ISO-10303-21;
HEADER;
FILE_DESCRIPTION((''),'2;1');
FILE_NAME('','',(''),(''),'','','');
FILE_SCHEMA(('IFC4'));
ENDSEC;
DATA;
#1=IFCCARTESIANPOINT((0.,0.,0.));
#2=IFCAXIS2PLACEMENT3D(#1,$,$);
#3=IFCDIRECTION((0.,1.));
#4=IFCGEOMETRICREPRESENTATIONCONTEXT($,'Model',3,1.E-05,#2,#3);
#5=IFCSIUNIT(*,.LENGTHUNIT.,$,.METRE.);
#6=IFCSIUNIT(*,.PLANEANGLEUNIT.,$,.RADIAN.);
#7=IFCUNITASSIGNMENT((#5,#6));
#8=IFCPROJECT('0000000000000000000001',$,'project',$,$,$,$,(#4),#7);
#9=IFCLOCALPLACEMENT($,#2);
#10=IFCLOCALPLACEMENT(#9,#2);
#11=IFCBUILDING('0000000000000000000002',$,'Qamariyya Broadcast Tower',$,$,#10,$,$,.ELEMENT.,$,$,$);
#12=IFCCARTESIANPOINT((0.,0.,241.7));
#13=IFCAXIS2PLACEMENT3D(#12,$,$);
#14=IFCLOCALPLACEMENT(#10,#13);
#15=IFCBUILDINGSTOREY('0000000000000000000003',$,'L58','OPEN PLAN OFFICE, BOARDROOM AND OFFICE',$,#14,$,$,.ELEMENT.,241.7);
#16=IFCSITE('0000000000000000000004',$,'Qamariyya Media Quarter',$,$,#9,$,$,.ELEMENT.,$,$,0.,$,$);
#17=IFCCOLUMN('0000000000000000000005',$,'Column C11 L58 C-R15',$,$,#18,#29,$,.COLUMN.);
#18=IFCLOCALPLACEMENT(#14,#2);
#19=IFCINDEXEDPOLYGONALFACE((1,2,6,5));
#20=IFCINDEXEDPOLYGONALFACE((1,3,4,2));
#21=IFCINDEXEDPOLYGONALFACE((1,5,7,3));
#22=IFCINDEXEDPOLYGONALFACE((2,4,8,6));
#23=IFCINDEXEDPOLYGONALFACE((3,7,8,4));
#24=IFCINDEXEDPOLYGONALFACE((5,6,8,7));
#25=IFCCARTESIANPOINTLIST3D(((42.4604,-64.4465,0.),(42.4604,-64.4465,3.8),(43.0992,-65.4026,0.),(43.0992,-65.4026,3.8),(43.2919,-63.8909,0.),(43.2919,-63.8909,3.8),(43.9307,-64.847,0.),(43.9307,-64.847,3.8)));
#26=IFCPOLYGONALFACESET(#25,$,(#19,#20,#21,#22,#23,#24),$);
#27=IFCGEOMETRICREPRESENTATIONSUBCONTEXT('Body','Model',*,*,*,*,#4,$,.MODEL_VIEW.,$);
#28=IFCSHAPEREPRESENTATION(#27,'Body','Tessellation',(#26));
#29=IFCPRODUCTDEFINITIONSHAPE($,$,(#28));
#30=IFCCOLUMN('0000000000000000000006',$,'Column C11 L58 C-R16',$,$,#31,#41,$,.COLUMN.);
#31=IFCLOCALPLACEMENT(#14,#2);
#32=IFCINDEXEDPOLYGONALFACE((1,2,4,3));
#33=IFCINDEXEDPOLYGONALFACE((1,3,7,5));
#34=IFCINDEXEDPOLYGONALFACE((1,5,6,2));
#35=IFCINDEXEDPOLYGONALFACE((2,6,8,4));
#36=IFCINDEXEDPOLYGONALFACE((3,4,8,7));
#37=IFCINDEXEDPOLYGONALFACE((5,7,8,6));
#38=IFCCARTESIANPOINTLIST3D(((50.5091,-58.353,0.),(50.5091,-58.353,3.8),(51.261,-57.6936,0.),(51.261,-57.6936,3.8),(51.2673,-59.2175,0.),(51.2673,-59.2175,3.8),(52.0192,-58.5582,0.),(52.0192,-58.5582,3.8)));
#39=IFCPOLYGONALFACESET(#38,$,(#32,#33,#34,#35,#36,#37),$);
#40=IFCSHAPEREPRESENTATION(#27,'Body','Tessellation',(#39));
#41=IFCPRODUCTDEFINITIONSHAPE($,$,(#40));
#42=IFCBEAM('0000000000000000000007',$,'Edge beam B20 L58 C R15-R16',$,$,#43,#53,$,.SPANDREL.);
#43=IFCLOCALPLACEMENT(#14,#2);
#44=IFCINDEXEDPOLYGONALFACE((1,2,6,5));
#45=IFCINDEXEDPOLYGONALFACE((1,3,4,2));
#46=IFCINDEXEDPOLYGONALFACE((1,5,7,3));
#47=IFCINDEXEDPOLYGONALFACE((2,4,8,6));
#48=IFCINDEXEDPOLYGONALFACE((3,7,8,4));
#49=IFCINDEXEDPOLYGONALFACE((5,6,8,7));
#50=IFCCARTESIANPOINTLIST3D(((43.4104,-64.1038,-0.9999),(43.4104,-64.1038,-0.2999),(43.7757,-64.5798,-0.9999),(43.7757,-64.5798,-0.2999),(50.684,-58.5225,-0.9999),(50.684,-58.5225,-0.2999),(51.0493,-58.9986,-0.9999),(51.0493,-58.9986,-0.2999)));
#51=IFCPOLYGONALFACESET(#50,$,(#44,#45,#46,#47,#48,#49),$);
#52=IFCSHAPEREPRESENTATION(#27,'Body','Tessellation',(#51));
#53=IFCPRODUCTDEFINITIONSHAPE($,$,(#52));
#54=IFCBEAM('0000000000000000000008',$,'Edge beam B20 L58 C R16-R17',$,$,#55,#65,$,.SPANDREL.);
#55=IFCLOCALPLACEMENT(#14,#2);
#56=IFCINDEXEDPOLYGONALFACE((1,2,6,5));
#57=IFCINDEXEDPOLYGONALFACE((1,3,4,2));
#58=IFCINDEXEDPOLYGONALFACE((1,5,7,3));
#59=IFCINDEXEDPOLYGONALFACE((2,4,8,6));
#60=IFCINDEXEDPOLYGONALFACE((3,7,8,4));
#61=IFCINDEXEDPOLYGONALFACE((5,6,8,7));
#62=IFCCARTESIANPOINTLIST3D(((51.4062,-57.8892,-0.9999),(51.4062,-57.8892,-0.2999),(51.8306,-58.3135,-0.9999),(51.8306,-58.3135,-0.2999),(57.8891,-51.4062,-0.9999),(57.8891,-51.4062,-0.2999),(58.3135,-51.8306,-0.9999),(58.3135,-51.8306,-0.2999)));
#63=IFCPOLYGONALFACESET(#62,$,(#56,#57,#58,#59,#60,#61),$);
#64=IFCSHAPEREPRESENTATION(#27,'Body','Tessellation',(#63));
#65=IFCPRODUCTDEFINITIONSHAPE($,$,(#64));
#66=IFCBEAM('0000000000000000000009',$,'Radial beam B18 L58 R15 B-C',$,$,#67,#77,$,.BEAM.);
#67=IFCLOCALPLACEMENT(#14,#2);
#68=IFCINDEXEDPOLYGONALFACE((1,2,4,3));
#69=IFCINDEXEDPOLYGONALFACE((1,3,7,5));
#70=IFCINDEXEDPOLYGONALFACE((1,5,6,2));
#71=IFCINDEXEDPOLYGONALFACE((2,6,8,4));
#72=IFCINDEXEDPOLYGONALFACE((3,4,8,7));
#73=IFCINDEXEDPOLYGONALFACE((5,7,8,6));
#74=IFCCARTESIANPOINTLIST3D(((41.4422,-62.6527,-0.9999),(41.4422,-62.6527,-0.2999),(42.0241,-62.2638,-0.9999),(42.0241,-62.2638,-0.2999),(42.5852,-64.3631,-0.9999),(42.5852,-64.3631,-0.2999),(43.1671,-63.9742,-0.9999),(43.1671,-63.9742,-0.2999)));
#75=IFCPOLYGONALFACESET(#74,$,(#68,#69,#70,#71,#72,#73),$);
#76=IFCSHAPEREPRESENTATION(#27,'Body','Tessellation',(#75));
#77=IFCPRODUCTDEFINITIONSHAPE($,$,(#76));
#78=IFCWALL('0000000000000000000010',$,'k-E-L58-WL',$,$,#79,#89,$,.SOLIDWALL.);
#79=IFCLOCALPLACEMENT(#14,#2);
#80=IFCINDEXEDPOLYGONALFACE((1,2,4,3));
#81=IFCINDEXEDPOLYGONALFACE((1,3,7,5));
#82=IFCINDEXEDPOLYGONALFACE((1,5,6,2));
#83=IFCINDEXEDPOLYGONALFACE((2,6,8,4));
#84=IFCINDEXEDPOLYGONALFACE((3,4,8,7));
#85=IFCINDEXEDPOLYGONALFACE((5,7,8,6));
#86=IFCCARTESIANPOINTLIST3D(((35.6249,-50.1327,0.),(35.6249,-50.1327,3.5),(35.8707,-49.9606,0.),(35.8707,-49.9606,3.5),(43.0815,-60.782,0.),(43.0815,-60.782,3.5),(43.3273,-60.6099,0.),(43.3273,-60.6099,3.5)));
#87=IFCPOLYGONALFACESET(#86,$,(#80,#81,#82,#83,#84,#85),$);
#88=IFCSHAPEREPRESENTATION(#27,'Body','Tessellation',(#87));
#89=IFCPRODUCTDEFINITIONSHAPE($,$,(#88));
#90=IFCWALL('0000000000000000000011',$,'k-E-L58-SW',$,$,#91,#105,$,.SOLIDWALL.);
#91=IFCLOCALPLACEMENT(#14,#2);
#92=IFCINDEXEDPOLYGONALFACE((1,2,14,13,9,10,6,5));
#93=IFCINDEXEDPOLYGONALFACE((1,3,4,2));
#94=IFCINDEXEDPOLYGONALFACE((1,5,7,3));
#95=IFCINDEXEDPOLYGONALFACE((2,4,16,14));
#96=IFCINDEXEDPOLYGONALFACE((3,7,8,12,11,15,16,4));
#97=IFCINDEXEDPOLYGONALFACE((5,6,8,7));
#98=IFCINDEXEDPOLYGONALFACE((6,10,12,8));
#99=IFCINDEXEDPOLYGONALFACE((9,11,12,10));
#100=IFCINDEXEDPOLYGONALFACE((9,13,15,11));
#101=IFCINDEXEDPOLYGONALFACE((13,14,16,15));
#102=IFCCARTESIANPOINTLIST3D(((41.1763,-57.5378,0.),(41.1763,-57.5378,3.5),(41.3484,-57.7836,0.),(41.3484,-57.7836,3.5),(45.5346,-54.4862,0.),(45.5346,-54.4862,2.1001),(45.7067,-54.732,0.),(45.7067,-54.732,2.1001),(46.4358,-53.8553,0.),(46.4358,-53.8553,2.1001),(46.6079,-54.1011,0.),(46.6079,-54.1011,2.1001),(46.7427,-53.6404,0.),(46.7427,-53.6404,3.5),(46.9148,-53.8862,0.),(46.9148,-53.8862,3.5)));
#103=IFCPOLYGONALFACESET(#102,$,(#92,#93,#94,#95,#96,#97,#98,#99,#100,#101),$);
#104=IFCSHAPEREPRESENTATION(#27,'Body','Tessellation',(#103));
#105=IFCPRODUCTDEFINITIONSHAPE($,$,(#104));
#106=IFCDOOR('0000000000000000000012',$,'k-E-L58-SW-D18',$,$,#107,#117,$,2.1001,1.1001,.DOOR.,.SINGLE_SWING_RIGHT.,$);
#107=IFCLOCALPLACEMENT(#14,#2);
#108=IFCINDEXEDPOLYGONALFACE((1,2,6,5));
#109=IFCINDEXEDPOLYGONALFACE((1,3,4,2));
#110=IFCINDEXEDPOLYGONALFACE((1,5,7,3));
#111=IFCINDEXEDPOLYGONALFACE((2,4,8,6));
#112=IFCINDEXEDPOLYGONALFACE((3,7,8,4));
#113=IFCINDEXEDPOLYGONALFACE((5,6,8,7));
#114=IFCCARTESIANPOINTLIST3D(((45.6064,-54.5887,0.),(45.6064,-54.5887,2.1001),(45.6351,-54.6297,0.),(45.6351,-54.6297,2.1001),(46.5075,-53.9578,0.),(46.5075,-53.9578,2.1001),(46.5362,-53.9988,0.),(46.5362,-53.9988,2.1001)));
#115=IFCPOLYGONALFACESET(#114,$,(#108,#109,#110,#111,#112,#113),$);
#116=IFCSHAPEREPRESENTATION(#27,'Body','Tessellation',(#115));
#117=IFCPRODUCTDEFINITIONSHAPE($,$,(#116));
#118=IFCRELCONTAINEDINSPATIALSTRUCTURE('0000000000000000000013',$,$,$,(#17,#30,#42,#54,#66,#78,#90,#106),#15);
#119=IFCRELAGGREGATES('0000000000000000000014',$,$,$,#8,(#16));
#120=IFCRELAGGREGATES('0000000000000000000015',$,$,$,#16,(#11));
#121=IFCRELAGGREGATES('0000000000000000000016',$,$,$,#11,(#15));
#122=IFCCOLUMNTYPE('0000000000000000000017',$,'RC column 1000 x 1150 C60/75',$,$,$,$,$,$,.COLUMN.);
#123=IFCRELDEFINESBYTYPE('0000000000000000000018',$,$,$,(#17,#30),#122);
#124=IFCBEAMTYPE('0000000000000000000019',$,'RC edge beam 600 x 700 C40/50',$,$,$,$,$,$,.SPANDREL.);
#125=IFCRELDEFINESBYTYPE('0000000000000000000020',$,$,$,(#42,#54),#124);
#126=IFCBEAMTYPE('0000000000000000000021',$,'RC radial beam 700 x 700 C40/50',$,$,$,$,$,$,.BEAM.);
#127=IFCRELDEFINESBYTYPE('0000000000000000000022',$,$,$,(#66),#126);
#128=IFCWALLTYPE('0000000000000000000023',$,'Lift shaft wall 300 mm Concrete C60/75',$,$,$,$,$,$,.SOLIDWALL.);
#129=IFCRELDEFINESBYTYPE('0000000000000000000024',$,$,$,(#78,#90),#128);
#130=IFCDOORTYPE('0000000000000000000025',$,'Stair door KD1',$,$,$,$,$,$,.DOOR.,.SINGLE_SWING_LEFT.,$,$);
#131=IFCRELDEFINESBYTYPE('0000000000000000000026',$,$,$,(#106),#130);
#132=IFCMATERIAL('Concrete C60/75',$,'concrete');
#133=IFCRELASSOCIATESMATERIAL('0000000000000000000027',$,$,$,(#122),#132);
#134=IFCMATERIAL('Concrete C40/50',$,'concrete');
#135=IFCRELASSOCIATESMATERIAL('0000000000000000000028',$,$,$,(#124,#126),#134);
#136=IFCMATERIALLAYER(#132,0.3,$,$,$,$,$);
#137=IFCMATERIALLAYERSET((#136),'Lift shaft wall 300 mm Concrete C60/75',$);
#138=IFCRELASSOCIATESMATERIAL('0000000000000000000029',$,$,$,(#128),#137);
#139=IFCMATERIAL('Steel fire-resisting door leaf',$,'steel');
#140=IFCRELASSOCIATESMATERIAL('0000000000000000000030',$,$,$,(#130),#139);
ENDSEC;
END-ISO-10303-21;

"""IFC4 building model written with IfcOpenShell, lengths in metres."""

from ifc_helpers import new_model, si_unit, direction, frame, frame_2d, origin, origin_2d, place, context, subcontext, project, spatial, rectangle, extrude, material, layer, layer_set, material_profile, profile_set, type_object, element, fill, save


model = new_model("IFC4")

# Units and contexts
model_context = context("Model", 3, precision=1e-05, world=origin(), true_north=direction((0.0, 1.0)))
body_context = subcontext(model_context, "Body", "Model", "MODEL_VIEW")
ifc_project = project(units=[si_unit("LENGTHUNIT", "METRE"), si_unit("PLANEANGLEUNIT", "RADIAN")], contexts=[model_context])

# Site, building, storey
site_placement = place(None, origin())
site = spatial("IfcSite", under=ifc_project, at=site_placement, Name="Qamariyya Media Quarter", CompositionType="ELEMENT", RefElevation=0.0)
building_placement = place(site_placement, origin())
building = spatial("IfcBuilding", under=site, at=building_placement, Name="Qamariyya Broadcast Tower", CompositionType="ELEMENT")
storey_placement = place(building_placement, frame((0.0, 0.0, 241.7)))
storey = spatial("IfcBuildingStorey", under=building, at=storey_placement, Name="L58", Description="OPEN PLAN OFFICE, BOARDROOM AND OFFICE", CompositionType="ELEMENT", Elevation=241.7)

# Columns
ifc_material_1 = material(Name="Concrete C60/75", Category="concrete")
ifc_material_profile_1 = material_profile(ifc_material_1, rectangle(XDim=1.0, YDim=1.1499, at=origin_2d()))
ifc_profile_set_1 = profile_set([ifc_material_profile_1], Name="Concrete C60/75")
column_type = type_object("IfcColumnType", Name="RC column 1000 x 1150 C60/75", PredefinedType="COLUMN", material=ifc_profile_set_1)
for number, where, z_axis, x_axis, name in (
    (1, (43.1956, -64.6467, 0.0), (0.0, 0.0, 1.0), (0.83147, 0.55557, 0.0), "Column C11 L58 C-R15"),
    (2, (51.2642, -58.4556, 0.0), (0.0, 0.0, 1.0), (0.75184, 0.659346, 0.0), "Column C11 L58 C-R16"),
):
    element("IfcColumn", number, at=place(storey_placement, frame(where, z_axis=z_axis, x_axis=x_axis)), inside=storey, type_object=column_type, Name=name, PredefinedType="COLUMN", context=body_context, shape_type="SweptSolid", body=[
        extrude(rectangle(XDim=1.0, YDim=1.1499, at=origin_2d()), origin(), (0.0, 0.0, 1.0), 3.8),
    ])

# Beams
ifc_material_2 = material(Name="Concrete C40/50", Category="concrete")
ifc_material_profile_2 = material_profile(ifc_material_2, rectangle(XDim=0.6001, YDim=0.7, at=origin_2d()))
ifc_profile_set_2 = profile_set([ifc_material_profile_2], Name="Concrete C40/50")
beam_type_1 = type_object("IfcBeamType", Name="RC edge beam 600 x 700 C40/50", PredefinedType="SPANDREL", material=ifc_profile_set_2)
for number, where, z_axis, x_axis, name in (
    (3, (43.593, -64.3418, -0.6499), (0.793353, 0.608762, 0.0), (-0.608762, 0.793353, 0.0), "Edge beam B20 L58 C R15-R16"),
    (4, (51.6184, -58.1013, -0.6499), (0.707107, 0.707107, 0.0), (-0.707107, 0.707107, 0.0), "Edge beam B20 L58 C R16-R17"),
):
    element("IfcBeam", number, at=place(storey_placement, frame(where, z_axis=z_axis, x_axis=x_axis)), inside=storey, type_object=beam_type_1, Name=name, PredefinedType="SPANDREL", context=body_context, shape_type="SweptSolid", body=[
        extrude(rectangle(XDim=0.6001, YDim=0.7, at=origin_2d()), origin(), (0.0, 0.0, 1.0), 9.1682),
    ])
ifc_material_profile_3 = material_profile(ifc_material_2, rectangle(XDim=0.7, YDim=0.7, at=origin_2d()))
ifc_profile_set_3 = profile_set([ifc_material_profile_3], Name="Concrete C40/50")
beam_type_2 = type_object("IfcBeamType", Name="RC radial beam 700 x 700 C40/50", PredefinedType="BEAM", material=ifc_profile_set_3)
beam_placement = place(storey_placement, frame((41.7332, -62.4583, -0.6499), z_axis=(0.555631, -0.831429, 0.0), x_axis=(0.831429, 0.555631, 0.0)))
element("IfcBeam", 5, at=beam_placement, inside=storey, type_object=beam_type_2, Name="Radial beam B18 L58 R15 B-C", PredefinedType="BEAM", context=body_context, shape_type="SweptSolid", body=[
    extrude(rectangle(XDim=0.7, YDim=0.7, at=origin_2d()), origin(), (0.0, 0.0, 1.0), 2.0571),
])

# Wall
ifc_layer = layer(ifc_material_1, 0.3)
ifc_layer_set = layer_set([ifc_layer], Name="Lift shaft wall 300 mm Concrete C60/75")
wall_type = type_object("IfcWallType", Name="Lift shaft wall 300 mm Concrete C60/75", PredefinedType="SOLIDWALL", material=ifc_layer_set)
wall_1_placement = place(storey_placement, frame((43.2043, -60.6958, 0.0), z_axis=(0.0, 0.0, 1.0), x_axis=(-0.573572, 0.819155, 0.0)))
element("IfcWall", 6, at=wall_1_placement, inside=storey, type_object=wall_type, Name="k-E-L58-WL", PredefinedType="SOLIDWALL", context=body_context, shape_type="SweptSolid", body=[
    extrude(rectangle(XDim=13.0002, YDim=0.3, at=frame_2d((6.5, 0.0))), origin(), (0.0, 0.0, 1.0), 3.5),
])

# Wall, opening, door
wall_2_placement = place(storey_placement, frame((41.2625, -57.6606, 0.0), z_axis=(0.0, 0.0, 1.0), x_axis=(0.819164, 0.573559, 0.0)))
wall_2 = element("IfcWall", 7, at=wall_2_placement, inside=storey, type_object=wall_type, Name="k-E-L58-SW", PredefinedType="SOLIDWALL", context=body_context, shape_type="SweptSolid", body=[
    extrude(rectangle(XDim=6.7952, YDim=0.3, at=frame_2d((3.3975, 0.0))), origin(), (0.0, 0.0, 1.0), 3.5),
])
opening_placement = place(wall_2_placement, frame((5.3203, 0.0, 0.0)))
opening = element("IfcOpeningElement", 8, at=opening_placement, cuts=wall_2, PredefinedType="OPENING", context=body_context, shape_type="SweptSolid", body=[
    extrude(rectangle(XDim=1.1001, YDim=2.1001, at=frame_2d((0.55, 1.05))), frame((0.0, 0.1599, 0.0), z_axis=(0.0, -1.0, 0.0), x_axis=(1.0, 0.0, 0.0)), (0.0, 0.0, 1.0), 0.3201),
])
ifc_material_3 = material(Name="Steel fire-resisting door leaf", Category="steel")
door_type = type_object("IfcDoorType", Name="Stair door KD1", OperationType="SINGLE_SWING_LEFT", PredefinedType="DOOR", material=ifc_material_3)
door_placement = place(opening_placement, origin())
door = element("IfcDoor", 9, at=door_placement, inside=storey, type_object=door_type, Name="k-E-L58-SW-D18", OperationType="SINGLE_SWING_RIGHT", OverallHeight=2.1001, OverallWidth=1.1001, PredefinedType="DOOR", context=body_context, shape_type="SweptSolid", body=[
    extrude(rectangle(XDim=1.1001, YDim=2.1001, at=frame_2d((0.55, 1.05))), frame((0.0, 0.0249, 0.0), z_axis=(0.0, -1.0, 0.0), x_axis=(1.0, 0.0, 0.0)), (0.0, 0.0, 1.0), 0.05),
])
fill(opening, door)

save(model, "model.ifc")
